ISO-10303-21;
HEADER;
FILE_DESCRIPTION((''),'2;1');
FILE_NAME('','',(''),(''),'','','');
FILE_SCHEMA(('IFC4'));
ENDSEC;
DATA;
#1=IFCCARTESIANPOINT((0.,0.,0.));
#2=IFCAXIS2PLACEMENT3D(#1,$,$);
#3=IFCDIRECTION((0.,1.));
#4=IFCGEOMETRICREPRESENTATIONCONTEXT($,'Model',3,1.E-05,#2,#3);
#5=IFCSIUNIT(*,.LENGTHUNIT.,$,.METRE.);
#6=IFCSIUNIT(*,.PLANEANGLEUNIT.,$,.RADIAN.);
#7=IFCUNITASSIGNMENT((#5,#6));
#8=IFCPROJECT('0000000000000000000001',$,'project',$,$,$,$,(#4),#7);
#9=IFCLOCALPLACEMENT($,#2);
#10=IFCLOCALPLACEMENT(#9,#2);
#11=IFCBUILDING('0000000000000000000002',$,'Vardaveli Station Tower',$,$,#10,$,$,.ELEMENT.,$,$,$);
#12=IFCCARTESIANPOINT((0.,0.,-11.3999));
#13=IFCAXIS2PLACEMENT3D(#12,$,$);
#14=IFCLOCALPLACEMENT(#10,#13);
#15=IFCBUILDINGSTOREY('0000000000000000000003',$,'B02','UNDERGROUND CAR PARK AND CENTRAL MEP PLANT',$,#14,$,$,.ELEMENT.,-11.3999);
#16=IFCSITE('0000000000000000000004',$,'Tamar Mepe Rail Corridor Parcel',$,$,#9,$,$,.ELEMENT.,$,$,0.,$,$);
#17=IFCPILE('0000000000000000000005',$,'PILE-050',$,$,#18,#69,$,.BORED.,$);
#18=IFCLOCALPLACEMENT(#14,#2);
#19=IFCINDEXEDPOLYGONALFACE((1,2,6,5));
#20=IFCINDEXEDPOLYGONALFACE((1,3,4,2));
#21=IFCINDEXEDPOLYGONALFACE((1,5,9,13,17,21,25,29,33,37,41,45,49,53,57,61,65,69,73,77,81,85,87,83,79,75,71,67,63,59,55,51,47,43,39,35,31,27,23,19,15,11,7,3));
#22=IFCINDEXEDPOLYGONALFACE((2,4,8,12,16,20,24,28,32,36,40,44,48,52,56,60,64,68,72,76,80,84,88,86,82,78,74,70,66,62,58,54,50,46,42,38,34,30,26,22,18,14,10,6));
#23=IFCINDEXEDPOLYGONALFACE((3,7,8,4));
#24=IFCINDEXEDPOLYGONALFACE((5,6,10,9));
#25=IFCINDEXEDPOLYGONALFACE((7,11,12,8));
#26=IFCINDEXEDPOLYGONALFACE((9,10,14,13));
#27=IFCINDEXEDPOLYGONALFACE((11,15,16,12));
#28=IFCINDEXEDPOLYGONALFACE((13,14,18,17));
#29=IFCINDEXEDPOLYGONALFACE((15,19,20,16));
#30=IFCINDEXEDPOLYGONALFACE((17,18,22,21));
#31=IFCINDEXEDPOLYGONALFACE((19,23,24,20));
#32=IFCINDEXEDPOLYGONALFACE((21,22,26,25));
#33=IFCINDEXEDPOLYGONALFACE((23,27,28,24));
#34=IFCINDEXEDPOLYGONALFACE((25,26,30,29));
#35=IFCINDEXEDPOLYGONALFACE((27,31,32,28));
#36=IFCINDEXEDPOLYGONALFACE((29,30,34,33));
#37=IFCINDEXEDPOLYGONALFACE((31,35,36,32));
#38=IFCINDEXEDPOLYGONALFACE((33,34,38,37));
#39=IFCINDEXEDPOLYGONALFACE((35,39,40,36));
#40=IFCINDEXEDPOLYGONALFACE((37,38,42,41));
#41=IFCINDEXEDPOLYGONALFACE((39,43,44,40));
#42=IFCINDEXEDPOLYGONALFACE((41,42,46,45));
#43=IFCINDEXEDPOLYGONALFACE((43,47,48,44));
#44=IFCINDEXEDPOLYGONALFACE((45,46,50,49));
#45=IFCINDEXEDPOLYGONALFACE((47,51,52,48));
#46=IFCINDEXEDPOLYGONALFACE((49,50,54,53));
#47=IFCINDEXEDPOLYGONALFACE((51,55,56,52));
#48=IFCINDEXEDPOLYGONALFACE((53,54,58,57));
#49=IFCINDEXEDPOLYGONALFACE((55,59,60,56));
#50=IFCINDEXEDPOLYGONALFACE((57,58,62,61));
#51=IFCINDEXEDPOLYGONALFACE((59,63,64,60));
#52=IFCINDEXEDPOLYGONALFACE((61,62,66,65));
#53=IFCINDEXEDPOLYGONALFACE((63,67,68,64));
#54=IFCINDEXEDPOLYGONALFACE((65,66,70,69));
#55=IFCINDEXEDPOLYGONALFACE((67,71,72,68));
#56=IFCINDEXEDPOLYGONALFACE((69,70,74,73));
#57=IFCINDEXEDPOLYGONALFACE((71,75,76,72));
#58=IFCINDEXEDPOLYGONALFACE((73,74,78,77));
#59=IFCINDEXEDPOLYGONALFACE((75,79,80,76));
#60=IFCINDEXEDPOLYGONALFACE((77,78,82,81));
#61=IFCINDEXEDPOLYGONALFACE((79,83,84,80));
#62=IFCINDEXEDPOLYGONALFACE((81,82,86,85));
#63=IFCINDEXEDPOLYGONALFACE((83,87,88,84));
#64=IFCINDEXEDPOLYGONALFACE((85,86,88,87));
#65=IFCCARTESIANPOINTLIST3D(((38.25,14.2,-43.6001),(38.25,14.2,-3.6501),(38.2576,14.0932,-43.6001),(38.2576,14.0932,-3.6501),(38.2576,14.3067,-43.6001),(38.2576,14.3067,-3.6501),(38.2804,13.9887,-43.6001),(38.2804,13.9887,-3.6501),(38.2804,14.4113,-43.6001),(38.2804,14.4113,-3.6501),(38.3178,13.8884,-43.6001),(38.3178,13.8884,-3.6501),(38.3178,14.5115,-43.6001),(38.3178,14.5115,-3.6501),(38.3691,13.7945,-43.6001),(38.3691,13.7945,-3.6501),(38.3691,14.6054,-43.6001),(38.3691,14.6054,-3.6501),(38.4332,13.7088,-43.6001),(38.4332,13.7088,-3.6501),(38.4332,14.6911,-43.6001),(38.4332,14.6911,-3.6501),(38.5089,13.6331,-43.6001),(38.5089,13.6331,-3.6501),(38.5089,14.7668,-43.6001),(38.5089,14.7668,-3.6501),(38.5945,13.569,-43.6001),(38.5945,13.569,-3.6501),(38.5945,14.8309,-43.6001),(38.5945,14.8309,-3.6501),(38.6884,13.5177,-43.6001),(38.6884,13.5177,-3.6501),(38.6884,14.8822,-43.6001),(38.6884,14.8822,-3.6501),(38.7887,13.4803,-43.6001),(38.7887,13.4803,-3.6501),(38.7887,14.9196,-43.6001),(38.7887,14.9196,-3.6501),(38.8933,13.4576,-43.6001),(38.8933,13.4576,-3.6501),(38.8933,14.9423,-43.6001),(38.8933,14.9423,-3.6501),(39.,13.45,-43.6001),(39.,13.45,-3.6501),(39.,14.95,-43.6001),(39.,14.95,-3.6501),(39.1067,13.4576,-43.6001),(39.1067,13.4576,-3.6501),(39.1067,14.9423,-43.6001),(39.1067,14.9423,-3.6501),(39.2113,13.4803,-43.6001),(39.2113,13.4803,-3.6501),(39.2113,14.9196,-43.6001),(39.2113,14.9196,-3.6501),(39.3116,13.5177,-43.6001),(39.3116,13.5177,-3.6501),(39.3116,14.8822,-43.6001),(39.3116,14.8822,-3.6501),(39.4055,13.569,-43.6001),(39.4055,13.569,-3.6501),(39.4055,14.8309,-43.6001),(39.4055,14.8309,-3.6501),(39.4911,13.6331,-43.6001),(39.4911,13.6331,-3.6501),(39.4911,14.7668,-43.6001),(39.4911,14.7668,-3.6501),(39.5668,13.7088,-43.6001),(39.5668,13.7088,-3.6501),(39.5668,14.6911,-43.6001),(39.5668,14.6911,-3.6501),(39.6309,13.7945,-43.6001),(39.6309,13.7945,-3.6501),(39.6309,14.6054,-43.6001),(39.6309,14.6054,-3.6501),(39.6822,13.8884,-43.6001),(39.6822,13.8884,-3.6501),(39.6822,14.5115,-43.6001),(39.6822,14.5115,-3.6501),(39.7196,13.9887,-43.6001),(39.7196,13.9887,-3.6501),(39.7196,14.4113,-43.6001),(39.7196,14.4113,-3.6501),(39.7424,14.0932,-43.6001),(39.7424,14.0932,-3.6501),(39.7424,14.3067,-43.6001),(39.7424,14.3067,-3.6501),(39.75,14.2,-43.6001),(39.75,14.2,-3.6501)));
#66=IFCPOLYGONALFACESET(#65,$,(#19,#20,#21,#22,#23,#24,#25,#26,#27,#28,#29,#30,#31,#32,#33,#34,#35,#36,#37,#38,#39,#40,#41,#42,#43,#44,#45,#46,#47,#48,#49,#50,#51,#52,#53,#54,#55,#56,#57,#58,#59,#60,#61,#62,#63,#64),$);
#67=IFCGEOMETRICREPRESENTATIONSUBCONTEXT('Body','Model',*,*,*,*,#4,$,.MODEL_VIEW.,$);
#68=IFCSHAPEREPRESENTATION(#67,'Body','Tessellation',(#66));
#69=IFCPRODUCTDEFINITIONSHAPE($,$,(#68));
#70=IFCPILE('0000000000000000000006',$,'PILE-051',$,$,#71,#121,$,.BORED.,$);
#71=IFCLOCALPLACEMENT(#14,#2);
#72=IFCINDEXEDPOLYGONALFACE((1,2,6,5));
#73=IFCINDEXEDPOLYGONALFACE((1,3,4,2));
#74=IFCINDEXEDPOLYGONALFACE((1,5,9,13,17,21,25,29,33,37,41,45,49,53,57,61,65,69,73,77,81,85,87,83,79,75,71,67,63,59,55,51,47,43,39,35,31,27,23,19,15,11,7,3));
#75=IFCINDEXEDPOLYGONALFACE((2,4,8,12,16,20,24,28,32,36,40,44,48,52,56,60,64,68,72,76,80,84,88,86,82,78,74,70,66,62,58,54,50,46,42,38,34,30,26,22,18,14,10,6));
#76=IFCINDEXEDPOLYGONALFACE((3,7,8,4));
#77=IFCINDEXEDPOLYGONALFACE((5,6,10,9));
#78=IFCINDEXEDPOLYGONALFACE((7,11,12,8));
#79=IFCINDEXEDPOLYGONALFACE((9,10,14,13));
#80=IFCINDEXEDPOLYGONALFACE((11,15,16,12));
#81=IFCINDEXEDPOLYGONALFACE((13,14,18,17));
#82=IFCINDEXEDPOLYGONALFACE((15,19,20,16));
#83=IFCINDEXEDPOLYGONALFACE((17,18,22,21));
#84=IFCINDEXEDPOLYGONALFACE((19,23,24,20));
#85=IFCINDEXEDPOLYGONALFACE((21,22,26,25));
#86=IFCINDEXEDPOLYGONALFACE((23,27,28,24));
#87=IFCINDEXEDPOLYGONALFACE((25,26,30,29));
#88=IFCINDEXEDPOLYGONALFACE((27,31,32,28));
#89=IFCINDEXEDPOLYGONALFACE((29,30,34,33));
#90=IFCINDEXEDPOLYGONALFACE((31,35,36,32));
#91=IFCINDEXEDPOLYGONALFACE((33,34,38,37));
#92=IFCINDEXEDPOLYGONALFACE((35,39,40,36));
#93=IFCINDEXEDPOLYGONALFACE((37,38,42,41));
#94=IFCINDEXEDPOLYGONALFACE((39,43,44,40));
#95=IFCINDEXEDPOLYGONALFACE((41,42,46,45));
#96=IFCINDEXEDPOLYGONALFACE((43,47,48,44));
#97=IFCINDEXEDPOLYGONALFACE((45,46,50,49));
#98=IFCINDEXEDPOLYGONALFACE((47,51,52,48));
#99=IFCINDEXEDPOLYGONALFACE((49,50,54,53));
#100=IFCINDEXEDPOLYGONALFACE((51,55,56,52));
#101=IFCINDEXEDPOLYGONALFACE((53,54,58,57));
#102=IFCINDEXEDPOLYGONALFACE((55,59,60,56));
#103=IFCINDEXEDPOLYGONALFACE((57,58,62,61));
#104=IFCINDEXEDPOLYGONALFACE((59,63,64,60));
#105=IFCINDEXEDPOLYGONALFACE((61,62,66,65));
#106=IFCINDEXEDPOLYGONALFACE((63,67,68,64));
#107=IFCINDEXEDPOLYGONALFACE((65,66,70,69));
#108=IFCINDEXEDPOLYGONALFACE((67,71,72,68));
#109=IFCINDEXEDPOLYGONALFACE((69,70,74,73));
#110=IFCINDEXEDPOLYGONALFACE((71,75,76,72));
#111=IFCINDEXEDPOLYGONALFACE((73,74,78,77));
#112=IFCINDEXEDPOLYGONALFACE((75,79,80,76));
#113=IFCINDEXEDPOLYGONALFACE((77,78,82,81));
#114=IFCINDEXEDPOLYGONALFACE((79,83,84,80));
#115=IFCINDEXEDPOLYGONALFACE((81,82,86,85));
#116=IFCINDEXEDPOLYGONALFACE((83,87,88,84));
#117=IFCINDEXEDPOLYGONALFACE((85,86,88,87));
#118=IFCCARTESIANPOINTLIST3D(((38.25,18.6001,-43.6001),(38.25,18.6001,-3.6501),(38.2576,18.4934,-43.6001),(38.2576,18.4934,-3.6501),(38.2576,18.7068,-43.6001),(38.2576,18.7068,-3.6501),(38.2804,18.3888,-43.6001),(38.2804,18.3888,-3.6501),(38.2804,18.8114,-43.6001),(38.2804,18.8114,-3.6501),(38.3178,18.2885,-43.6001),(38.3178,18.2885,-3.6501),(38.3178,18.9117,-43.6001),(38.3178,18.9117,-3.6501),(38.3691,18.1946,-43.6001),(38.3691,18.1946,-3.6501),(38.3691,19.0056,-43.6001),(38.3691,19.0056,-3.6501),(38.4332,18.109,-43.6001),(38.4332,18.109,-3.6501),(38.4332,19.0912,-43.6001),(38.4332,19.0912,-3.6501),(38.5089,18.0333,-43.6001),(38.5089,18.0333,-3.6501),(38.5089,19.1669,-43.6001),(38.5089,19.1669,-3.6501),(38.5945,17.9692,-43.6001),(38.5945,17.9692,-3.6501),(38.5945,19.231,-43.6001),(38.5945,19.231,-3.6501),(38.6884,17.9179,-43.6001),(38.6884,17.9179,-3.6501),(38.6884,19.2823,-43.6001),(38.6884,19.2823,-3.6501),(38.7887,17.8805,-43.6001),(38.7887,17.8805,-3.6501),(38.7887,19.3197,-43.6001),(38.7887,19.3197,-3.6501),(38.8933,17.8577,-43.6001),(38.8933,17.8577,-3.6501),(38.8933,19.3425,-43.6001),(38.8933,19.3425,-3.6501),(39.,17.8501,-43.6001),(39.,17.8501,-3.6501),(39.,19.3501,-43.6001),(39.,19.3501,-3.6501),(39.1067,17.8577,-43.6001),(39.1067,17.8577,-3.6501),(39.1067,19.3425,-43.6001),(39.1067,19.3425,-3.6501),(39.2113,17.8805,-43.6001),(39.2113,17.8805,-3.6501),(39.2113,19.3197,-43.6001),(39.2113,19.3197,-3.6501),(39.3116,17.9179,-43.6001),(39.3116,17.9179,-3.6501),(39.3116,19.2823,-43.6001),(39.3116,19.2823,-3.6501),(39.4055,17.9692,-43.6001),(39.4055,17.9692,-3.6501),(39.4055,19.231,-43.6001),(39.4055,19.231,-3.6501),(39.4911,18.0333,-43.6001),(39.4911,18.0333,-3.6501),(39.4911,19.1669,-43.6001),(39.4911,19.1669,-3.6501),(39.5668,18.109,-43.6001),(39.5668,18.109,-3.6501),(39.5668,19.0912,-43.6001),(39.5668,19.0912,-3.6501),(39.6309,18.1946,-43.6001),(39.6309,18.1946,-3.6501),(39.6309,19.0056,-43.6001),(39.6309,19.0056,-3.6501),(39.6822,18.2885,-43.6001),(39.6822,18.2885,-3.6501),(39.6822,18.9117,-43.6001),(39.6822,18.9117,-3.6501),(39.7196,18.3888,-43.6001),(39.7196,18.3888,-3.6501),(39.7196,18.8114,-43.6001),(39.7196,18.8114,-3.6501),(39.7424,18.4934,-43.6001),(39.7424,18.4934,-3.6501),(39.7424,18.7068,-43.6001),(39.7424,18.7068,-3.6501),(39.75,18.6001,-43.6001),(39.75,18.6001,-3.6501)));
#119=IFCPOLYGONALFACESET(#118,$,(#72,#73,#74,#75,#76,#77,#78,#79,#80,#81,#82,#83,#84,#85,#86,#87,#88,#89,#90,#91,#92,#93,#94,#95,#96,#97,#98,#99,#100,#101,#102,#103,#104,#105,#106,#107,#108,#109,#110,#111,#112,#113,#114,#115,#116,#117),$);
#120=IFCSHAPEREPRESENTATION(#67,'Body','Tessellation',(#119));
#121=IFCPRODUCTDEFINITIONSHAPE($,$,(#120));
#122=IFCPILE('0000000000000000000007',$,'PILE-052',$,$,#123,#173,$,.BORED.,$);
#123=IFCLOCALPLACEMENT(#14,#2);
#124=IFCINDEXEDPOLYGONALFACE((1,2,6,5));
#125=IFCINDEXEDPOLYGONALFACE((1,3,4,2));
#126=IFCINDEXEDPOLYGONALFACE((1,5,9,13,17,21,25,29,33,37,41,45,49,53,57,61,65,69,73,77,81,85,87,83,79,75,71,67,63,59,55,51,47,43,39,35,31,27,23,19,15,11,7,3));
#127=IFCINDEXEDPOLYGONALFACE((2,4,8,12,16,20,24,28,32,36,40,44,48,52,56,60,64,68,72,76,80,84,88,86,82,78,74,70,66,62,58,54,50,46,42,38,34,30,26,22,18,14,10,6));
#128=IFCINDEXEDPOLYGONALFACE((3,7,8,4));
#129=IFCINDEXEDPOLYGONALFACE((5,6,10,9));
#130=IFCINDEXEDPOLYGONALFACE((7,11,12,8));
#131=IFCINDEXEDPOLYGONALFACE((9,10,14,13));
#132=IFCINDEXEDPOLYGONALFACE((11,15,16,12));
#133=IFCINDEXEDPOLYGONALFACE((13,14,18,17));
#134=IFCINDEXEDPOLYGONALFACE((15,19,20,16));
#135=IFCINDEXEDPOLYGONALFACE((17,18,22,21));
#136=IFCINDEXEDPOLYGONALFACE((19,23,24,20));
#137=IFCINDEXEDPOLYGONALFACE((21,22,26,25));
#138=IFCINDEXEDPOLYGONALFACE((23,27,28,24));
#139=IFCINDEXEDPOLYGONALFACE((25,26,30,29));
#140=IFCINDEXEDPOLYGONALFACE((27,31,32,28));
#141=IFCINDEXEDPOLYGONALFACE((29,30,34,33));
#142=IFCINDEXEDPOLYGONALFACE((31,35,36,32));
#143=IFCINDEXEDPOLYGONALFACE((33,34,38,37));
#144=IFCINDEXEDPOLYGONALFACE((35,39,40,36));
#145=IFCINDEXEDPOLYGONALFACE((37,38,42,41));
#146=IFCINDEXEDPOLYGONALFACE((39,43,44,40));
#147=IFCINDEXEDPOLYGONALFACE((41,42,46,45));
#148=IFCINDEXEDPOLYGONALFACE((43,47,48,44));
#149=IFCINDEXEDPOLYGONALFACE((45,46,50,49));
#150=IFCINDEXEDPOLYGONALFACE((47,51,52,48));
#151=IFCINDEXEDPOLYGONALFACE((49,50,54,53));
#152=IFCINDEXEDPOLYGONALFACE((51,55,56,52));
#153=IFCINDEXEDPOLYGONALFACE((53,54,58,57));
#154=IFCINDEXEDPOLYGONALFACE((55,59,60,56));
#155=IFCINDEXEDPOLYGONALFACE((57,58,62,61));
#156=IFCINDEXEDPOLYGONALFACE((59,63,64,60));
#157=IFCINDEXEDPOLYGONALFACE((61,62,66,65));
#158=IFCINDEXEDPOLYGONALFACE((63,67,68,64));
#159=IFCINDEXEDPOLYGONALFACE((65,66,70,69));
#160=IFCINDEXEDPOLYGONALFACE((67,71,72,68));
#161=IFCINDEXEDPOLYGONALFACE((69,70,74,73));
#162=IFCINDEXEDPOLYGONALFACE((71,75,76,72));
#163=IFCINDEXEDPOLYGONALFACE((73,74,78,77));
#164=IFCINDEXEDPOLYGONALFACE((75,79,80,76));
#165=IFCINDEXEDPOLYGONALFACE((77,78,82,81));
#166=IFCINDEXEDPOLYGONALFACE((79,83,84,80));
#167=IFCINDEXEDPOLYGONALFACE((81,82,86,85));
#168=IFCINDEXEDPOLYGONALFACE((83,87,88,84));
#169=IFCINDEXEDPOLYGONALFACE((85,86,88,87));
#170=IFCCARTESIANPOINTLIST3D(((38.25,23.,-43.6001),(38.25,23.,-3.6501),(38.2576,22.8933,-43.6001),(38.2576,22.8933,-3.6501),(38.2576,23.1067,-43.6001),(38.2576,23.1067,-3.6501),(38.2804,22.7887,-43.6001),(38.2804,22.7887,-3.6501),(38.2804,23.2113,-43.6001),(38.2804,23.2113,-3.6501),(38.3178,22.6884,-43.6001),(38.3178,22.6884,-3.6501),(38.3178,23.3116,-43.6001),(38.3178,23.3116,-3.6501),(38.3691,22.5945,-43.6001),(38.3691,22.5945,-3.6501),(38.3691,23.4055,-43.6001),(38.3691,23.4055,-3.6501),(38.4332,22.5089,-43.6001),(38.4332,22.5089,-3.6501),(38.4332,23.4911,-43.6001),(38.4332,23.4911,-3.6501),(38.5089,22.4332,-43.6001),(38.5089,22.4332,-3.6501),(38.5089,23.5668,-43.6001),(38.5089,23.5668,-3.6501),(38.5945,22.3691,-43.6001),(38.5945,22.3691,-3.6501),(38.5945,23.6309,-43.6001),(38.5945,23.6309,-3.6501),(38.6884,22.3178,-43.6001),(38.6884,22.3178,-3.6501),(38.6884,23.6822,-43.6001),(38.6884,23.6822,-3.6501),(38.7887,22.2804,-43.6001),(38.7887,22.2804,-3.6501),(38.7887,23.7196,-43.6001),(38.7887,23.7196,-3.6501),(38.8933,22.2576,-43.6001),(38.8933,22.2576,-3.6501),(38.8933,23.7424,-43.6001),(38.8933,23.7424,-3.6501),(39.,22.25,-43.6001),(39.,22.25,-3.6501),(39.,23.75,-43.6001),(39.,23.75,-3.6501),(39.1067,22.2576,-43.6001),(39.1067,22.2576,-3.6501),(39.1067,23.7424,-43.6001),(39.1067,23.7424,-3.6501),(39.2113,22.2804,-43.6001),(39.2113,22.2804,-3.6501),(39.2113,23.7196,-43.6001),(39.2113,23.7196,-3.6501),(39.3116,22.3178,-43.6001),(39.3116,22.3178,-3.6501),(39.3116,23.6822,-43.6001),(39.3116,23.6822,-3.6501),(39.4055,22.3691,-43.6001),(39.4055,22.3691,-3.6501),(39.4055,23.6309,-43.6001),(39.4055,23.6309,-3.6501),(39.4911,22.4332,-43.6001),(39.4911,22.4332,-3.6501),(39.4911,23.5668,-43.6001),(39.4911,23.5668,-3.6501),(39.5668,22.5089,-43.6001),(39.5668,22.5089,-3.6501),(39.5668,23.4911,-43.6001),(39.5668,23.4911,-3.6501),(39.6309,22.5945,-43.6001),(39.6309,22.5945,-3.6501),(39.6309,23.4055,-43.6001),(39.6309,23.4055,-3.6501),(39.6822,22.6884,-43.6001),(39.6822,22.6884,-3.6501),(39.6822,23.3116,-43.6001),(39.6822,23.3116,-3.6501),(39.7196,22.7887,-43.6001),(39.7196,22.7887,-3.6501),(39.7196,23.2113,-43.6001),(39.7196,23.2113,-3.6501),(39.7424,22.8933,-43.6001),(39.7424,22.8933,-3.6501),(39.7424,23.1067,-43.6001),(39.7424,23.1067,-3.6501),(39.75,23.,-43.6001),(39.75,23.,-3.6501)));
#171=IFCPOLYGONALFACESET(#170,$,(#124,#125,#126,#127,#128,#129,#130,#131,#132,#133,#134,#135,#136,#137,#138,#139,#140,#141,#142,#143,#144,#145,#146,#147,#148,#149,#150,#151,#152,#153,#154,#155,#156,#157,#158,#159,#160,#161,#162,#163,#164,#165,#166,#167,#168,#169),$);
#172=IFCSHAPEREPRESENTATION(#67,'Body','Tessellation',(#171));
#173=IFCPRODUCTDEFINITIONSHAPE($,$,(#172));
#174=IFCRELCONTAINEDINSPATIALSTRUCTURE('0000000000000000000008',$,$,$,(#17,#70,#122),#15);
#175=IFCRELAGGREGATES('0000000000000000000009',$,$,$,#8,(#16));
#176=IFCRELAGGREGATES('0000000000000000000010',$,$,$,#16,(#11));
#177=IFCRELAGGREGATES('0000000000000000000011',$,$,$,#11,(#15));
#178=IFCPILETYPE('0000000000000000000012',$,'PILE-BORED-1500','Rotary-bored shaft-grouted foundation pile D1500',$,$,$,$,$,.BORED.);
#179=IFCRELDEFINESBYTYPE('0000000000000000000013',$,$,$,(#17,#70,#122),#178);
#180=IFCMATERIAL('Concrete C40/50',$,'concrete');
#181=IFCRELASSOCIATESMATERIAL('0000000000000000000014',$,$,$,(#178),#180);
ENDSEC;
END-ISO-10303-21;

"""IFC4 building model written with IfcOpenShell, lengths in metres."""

from ifc_helpers import new_model, si_unit, direction, frame, origin, origin_2d, place, context, subcontext, project, spatial, circle, extrude, source, transform, mapped, material, material_profile, profile_set, type_object, element, save


model = new_model("IFC4")

# Units and contexts
model_context = context("Model", 3, precision=1e-05, world=origin(), true_north=direction((0.0, 1.0)))
body_context = subcontext(model_context, "Body", "Model", "MODEL_VIEW")
ifc_project = project(units=[si_unit("LENGTHUNIT", "METRE"), si_unit("PLANEANGLEUNIT", "RADIAN")], contexts=[model_context])

# Site, building, storey
site_placement = place(None, origin())
site = spatial("IfcSite", under=ifc_project, at=site_placement, Name="Tamar Mepe Rail Corridor Parcel", CompositionType="ELEMENT", RefElevation=0.0)
building_placement = place(site_placement, origin())
building = spatial("IfcBuilding", under=site, at=building_placement, Name="Vardaveli Station Tower", CompositionType="ELEMENT")
storey_placement = place(building_placement, frame((0.0, 0.0, -11.3999)))
storey = spatial("IfcBuildingStorey", under=building, at=storey_placement, Name="B02", Description="UNDERGROUND CAR PARK AND CENTRAL MEP PLANT", CompositionType="ELEMENT", Elevation=-11.3999)

# Piles
ifc_material_1 = material(Name="Concrete C40/50", Category="concrete")
ifc_material_profile_1 = material_profile(ifc_material_1, circle(Radius=0.75, at=origin_2d()), Name="PILE D1500")
ifc_profile_set_1 = profile_set([ifc_material_profile_1], Name="Concrete C40/50")
pile_type_1 = type_object("IfcPileType", Name="PILE-BORED-1500", Description="Rotary-bored shaft-grouted foundation pile D1500", PredefinedType="BORED", material=ifc_profile_set_1)
shared_shape_1 = source(origin(), body_context, "Body", "SweptSolid", [
    extrude(circle(Radius=0.75, at=origin_2d()), origin(), (0.0, 0.0, 1.0), 39.95),
])
for number, where, z_axis, x_axis, name in (
    (1, (39.0, 14.2, -3.6501), (0.0, 0.0, -1.0), (1.0, 0.0, 0.0), "PILE-050"),
    (2, (39.0, 18.6001, -3.6501), (0.0, 0.0, -1.0), (1.0, 0.0, 0.0), "PILE-051"),
    (3, (39.0, 23.0, -3.6501), (0.0, 0.0, -1.0), (1.0, 0.0, 0.0), "PILE-052"),
):
    element("IfcPile", number, at=place(storey_placement, frame(where, z_axis=z_axis, x_axis=x_axis)), inside=storey, type_object=pile_type_1, Name=name, PredefinedType="BORED", context=body_context, shape_type="MappedRepresentation", body=[
        mapped(shared_shape_1, transform((0.0, 0.0, 0.0), scale=1.0)),
    ])

save(model, "model.ifc")
